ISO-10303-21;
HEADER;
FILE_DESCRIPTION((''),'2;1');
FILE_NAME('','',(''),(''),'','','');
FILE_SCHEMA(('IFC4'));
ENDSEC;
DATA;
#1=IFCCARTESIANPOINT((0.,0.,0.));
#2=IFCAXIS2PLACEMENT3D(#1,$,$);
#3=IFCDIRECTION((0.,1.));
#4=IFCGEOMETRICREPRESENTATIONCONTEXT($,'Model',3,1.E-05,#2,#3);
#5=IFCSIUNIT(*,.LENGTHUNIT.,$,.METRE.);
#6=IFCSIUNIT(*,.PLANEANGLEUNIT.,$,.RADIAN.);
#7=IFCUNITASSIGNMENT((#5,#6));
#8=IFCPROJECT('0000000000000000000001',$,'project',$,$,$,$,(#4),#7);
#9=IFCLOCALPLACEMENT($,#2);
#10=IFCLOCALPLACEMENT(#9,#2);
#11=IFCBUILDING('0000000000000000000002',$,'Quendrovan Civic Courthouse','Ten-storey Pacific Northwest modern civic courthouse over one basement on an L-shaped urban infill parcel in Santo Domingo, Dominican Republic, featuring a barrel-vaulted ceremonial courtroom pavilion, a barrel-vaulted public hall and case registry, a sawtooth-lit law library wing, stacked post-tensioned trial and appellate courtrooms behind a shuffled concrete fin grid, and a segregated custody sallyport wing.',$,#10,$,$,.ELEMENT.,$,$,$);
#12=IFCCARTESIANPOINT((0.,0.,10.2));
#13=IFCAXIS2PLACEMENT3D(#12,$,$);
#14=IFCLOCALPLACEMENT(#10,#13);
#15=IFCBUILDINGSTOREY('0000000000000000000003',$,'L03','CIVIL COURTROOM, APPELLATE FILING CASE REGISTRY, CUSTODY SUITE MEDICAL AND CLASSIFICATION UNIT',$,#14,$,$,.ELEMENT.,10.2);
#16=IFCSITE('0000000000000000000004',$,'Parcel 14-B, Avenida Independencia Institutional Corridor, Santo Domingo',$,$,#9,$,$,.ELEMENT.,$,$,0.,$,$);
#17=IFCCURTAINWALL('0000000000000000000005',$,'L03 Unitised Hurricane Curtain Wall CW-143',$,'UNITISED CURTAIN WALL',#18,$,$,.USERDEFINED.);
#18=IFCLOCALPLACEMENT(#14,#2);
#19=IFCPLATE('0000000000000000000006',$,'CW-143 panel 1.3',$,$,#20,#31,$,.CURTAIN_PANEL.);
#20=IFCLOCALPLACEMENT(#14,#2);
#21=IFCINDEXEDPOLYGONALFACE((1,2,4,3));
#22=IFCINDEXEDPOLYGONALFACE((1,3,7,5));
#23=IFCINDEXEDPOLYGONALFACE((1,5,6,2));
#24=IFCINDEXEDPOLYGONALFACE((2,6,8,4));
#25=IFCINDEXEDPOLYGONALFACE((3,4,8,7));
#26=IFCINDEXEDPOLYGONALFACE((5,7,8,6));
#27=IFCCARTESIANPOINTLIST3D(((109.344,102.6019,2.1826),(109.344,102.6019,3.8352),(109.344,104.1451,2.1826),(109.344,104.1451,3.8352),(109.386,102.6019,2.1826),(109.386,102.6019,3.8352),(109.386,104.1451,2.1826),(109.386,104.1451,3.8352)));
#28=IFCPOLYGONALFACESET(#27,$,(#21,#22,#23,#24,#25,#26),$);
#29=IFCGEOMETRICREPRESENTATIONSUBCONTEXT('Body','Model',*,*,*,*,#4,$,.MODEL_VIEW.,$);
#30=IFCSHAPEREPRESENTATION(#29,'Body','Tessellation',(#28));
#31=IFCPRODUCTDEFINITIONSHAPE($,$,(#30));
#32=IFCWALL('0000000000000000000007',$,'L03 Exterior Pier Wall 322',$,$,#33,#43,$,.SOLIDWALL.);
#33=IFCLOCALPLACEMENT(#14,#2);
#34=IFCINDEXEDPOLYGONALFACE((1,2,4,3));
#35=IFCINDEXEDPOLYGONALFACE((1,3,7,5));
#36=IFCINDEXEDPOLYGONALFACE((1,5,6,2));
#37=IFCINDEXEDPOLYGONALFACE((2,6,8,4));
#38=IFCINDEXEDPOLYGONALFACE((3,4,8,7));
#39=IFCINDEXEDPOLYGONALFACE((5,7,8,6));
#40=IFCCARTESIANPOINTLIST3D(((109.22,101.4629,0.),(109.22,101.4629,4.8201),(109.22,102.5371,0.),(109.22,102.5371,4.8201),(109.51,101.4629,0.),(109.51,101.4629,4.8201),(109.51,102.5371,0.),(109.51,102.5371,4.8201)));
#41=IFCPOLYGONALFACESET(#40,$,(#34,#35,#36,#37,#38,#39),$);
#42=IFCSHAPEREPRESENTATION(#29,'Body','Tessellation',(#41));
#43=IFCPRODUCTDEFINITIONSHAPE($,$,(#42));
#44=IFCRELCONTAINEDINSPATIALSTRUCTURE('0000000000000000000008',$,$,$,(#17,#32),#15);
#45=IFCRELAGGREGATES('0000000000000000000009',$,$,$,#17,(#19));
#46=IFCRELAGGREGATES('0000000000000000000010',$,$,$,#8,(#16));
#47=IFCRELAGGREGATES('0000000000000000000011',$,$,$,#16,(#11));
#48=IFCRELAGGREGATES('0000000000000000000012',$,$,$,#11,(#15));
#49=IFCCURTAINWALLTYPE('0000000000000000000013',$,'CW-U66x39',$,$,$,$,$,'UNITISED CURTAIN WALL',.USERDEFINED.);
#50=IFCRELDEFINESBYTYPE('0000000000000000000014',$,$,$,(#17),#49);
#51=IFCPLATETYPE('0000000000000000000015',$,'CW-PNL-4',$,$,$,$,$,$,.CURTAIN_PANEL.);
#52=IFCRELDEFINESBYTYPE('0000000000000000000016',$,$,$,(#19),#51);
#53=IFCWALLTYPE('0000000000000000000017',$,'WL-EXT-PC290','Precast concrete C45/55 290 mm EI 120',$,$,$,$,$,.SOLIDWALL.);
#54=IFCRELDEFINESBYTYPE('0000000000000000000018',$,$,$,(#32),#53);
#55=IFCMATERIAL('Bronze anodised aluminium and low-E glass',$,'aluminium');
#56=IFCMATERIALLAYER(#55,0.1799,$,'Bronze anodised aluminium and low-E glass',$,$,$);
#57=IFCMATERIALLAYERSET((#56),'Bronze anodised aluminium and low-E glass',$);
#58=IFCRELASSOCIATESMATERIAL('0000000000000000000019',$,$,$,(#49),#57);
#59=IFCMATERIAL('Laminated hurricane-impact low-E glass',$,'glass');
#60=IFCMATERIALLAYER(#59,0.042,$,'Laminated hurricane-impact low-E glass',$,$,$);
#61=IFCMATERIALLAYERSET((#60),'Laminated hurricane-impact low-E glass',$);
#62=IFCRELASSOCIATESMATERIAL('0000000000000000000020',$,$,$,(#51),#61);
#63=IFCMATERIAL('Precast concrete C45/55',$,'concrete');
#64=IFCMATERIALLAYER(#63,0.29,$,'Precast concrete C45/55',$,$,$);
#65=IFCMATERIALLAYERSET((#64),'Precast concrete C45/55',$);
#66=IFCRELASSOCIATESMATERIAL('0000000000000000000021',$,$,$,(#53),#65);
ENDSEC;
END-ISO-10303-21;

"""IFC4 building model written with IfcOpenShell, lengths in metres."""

from ifc_helpers import new_model, si_unit, direction, frame, frame_2d, origin, origin_2d, place, context, subcontext, project, spatial, rectangle, extrude, material, layer, layer_set, type_object, element, aggregate, save


model = new_model("IFC4")

# Units and contexts
model_context = context("Model", 3, precision=1e-05, world=origin(), true_north=direction((0.0, 1.0)))
body_context = subcontext(model_context, "Body", "Model", "MODEL_VIEW")
ifc_project = project(units=[si_unit("LENGTHUNIT", "METRE"), si_unit("PLANEANGLEUNIT", "RADIAN")], contexts=[model_context])

# Site, building, storey
site_placement = place(None, origin())
site = spatial("IfcSite", under=ifc_project, at=site_placement, Name="Parcel 14-B, Avenida Independencia Institutional Corridor, Santo Domingo", CompositionType="ELEMENT", RefElevation=0.0)
building_placement = place(site_placement, origin())
building = spatial("IfcBuilding", under=site, at=building_placement, Name="Quendrovan Civic Courthouse", Description="Ten-storey Pacific Northwest modern civic courthouse over one basement on an L-shaped urban infill parcel in Santo Domingo, Dominican Republic, featuring a barrel-vaulted ceremonial courtroom pavilion, a barrel-vaulted public hall and case registry, a sawtooth-lit law library wing, stacked post-tensioned trial and appellate courtrooms behind a shuffled concrete fin grid, and a segregated custody sallyport wing.", CompositionType="ELEMENT")
storey_placement = place(building_placement, frame((0.0, 0.0, 10.2)))
storey = spatial("IfcBuildingStorey", under=building, at=storey_placement, Name="L03", Description="CIVIL COURTROOM, APPELLATE FILING CASE REGISTRY, CUSTODY SUITE MEDICAL AND CLASSIFICATION UNIT", CompositionType="ELEMENT", Elevation=10.2)

# Curtain wall
ifc_material_1 = material(Name="Bronze anodised aluminium and low-E glass", Category="aluminium")
ifc_layer_1 = layer(ifc_material_1, 0.1799, Name="Bronze anodised aluminium and low-E glass")
ifc_layer_set_1 = layer_set([ifc_layer_1], Name="Bronze anodised aluminium and low-E glass")
curtain_wall_type_1 = type_object("IfcCurtainWallType", Name="CW-U66x39", ElementType="UNITISED CURTAIN WALL", PredefinedType="USERDEFINED", material=ifc_layer_set_1)
curtain_wall_1_placement = place(storey_placement, origin())
curtain_wall_1 = element("IfcCurtainWall", 1, at=curtain_wall_1_placement, inside=storey, type_object=curtain_wall_type_1, Name="L03 Unitised Hurricane Curtain Wall CW-143", ObjectType="UNITISED CURTAIN WALL", PredefinedType="USERDEFINED")

# Plate
ifc_material_2 = material(Name="Laminated hurricane-impact low-E glass", Category="glass")
ifc_layer_2 = layer(ifc_material_2, 0.042, Name="Laminated hurricane-impact low-E glass")
ifc_layer_set_2 = layer_set([ifc_layer_2], Name="Laminated hurricane-impact low-E glass")
plate_type_1 = type_object("IfcPlateType", Name="CW-PNL-4", PredefinedType="CURTAIN_PANEL", material=ifc_layer_set_2)
plate_1_placement = place(storey_placement, frame((109.365, 103.3735, 2.1826), z_axis=(0.0, 0.0, 1.0), x_axis=(0.0, 1.0, 0.0)))
plate_1 = element("IfcPlate", 2, at=plate_1_placement, type_object=plate_type_1, Name="CW-143 panel 1.3", PredefinedType="CURTAIN_PANEL", context=body_context, shape_type="SweptSolid", body=[
    extrude(rectangle(XDim=1.5432, YDim=0.042, at=origin_2d()), origin(), (0.0, 0.0, 1.0), 1.6526),
])
aggregate(curtain_wall_1, [plate_1])

# Wall
ifc_material_3 = material(Name="Precast concrete C45/55", Category="concrete")
ifc_layer_3 = layer(ifc_material_3, 0.29, Name="Precast concrete C45/55")
ifc_layer_set_3 = layer_set([ifc_layer_3], Name="Precast concrete C45/55")
wall_type = type_object("IfcWallType", Name="WL-EXT-PC290", Description="Precast concrete C45/55 290 mm EI 120", PredefinedType="SOLIDWALL", material=ifc_layer_set_3)
wall_placement = place(storey_placement, frame((109.365, 101.4629, 0.0), z_axis=(0.0, 0.0, 1.0), x_axis=(0.0, 1.0, 0.0)))
element("IfcWall", 3, at=wall_placement, inside=storey, type_object=wall_type, Name="L03 Exterior Pier Wall 322", PredefinedType="SOLIDWALL", context=body_context, shape_type="SweptSolid", body=[
    extrude(rectangle(XDim=1.0742, YDim=0.29, at=frame_2d((0.5371, 0.0))), origin(), (0.0, 0.0, 1.0), 4.8201),
])

save(model, "model.ifc")
